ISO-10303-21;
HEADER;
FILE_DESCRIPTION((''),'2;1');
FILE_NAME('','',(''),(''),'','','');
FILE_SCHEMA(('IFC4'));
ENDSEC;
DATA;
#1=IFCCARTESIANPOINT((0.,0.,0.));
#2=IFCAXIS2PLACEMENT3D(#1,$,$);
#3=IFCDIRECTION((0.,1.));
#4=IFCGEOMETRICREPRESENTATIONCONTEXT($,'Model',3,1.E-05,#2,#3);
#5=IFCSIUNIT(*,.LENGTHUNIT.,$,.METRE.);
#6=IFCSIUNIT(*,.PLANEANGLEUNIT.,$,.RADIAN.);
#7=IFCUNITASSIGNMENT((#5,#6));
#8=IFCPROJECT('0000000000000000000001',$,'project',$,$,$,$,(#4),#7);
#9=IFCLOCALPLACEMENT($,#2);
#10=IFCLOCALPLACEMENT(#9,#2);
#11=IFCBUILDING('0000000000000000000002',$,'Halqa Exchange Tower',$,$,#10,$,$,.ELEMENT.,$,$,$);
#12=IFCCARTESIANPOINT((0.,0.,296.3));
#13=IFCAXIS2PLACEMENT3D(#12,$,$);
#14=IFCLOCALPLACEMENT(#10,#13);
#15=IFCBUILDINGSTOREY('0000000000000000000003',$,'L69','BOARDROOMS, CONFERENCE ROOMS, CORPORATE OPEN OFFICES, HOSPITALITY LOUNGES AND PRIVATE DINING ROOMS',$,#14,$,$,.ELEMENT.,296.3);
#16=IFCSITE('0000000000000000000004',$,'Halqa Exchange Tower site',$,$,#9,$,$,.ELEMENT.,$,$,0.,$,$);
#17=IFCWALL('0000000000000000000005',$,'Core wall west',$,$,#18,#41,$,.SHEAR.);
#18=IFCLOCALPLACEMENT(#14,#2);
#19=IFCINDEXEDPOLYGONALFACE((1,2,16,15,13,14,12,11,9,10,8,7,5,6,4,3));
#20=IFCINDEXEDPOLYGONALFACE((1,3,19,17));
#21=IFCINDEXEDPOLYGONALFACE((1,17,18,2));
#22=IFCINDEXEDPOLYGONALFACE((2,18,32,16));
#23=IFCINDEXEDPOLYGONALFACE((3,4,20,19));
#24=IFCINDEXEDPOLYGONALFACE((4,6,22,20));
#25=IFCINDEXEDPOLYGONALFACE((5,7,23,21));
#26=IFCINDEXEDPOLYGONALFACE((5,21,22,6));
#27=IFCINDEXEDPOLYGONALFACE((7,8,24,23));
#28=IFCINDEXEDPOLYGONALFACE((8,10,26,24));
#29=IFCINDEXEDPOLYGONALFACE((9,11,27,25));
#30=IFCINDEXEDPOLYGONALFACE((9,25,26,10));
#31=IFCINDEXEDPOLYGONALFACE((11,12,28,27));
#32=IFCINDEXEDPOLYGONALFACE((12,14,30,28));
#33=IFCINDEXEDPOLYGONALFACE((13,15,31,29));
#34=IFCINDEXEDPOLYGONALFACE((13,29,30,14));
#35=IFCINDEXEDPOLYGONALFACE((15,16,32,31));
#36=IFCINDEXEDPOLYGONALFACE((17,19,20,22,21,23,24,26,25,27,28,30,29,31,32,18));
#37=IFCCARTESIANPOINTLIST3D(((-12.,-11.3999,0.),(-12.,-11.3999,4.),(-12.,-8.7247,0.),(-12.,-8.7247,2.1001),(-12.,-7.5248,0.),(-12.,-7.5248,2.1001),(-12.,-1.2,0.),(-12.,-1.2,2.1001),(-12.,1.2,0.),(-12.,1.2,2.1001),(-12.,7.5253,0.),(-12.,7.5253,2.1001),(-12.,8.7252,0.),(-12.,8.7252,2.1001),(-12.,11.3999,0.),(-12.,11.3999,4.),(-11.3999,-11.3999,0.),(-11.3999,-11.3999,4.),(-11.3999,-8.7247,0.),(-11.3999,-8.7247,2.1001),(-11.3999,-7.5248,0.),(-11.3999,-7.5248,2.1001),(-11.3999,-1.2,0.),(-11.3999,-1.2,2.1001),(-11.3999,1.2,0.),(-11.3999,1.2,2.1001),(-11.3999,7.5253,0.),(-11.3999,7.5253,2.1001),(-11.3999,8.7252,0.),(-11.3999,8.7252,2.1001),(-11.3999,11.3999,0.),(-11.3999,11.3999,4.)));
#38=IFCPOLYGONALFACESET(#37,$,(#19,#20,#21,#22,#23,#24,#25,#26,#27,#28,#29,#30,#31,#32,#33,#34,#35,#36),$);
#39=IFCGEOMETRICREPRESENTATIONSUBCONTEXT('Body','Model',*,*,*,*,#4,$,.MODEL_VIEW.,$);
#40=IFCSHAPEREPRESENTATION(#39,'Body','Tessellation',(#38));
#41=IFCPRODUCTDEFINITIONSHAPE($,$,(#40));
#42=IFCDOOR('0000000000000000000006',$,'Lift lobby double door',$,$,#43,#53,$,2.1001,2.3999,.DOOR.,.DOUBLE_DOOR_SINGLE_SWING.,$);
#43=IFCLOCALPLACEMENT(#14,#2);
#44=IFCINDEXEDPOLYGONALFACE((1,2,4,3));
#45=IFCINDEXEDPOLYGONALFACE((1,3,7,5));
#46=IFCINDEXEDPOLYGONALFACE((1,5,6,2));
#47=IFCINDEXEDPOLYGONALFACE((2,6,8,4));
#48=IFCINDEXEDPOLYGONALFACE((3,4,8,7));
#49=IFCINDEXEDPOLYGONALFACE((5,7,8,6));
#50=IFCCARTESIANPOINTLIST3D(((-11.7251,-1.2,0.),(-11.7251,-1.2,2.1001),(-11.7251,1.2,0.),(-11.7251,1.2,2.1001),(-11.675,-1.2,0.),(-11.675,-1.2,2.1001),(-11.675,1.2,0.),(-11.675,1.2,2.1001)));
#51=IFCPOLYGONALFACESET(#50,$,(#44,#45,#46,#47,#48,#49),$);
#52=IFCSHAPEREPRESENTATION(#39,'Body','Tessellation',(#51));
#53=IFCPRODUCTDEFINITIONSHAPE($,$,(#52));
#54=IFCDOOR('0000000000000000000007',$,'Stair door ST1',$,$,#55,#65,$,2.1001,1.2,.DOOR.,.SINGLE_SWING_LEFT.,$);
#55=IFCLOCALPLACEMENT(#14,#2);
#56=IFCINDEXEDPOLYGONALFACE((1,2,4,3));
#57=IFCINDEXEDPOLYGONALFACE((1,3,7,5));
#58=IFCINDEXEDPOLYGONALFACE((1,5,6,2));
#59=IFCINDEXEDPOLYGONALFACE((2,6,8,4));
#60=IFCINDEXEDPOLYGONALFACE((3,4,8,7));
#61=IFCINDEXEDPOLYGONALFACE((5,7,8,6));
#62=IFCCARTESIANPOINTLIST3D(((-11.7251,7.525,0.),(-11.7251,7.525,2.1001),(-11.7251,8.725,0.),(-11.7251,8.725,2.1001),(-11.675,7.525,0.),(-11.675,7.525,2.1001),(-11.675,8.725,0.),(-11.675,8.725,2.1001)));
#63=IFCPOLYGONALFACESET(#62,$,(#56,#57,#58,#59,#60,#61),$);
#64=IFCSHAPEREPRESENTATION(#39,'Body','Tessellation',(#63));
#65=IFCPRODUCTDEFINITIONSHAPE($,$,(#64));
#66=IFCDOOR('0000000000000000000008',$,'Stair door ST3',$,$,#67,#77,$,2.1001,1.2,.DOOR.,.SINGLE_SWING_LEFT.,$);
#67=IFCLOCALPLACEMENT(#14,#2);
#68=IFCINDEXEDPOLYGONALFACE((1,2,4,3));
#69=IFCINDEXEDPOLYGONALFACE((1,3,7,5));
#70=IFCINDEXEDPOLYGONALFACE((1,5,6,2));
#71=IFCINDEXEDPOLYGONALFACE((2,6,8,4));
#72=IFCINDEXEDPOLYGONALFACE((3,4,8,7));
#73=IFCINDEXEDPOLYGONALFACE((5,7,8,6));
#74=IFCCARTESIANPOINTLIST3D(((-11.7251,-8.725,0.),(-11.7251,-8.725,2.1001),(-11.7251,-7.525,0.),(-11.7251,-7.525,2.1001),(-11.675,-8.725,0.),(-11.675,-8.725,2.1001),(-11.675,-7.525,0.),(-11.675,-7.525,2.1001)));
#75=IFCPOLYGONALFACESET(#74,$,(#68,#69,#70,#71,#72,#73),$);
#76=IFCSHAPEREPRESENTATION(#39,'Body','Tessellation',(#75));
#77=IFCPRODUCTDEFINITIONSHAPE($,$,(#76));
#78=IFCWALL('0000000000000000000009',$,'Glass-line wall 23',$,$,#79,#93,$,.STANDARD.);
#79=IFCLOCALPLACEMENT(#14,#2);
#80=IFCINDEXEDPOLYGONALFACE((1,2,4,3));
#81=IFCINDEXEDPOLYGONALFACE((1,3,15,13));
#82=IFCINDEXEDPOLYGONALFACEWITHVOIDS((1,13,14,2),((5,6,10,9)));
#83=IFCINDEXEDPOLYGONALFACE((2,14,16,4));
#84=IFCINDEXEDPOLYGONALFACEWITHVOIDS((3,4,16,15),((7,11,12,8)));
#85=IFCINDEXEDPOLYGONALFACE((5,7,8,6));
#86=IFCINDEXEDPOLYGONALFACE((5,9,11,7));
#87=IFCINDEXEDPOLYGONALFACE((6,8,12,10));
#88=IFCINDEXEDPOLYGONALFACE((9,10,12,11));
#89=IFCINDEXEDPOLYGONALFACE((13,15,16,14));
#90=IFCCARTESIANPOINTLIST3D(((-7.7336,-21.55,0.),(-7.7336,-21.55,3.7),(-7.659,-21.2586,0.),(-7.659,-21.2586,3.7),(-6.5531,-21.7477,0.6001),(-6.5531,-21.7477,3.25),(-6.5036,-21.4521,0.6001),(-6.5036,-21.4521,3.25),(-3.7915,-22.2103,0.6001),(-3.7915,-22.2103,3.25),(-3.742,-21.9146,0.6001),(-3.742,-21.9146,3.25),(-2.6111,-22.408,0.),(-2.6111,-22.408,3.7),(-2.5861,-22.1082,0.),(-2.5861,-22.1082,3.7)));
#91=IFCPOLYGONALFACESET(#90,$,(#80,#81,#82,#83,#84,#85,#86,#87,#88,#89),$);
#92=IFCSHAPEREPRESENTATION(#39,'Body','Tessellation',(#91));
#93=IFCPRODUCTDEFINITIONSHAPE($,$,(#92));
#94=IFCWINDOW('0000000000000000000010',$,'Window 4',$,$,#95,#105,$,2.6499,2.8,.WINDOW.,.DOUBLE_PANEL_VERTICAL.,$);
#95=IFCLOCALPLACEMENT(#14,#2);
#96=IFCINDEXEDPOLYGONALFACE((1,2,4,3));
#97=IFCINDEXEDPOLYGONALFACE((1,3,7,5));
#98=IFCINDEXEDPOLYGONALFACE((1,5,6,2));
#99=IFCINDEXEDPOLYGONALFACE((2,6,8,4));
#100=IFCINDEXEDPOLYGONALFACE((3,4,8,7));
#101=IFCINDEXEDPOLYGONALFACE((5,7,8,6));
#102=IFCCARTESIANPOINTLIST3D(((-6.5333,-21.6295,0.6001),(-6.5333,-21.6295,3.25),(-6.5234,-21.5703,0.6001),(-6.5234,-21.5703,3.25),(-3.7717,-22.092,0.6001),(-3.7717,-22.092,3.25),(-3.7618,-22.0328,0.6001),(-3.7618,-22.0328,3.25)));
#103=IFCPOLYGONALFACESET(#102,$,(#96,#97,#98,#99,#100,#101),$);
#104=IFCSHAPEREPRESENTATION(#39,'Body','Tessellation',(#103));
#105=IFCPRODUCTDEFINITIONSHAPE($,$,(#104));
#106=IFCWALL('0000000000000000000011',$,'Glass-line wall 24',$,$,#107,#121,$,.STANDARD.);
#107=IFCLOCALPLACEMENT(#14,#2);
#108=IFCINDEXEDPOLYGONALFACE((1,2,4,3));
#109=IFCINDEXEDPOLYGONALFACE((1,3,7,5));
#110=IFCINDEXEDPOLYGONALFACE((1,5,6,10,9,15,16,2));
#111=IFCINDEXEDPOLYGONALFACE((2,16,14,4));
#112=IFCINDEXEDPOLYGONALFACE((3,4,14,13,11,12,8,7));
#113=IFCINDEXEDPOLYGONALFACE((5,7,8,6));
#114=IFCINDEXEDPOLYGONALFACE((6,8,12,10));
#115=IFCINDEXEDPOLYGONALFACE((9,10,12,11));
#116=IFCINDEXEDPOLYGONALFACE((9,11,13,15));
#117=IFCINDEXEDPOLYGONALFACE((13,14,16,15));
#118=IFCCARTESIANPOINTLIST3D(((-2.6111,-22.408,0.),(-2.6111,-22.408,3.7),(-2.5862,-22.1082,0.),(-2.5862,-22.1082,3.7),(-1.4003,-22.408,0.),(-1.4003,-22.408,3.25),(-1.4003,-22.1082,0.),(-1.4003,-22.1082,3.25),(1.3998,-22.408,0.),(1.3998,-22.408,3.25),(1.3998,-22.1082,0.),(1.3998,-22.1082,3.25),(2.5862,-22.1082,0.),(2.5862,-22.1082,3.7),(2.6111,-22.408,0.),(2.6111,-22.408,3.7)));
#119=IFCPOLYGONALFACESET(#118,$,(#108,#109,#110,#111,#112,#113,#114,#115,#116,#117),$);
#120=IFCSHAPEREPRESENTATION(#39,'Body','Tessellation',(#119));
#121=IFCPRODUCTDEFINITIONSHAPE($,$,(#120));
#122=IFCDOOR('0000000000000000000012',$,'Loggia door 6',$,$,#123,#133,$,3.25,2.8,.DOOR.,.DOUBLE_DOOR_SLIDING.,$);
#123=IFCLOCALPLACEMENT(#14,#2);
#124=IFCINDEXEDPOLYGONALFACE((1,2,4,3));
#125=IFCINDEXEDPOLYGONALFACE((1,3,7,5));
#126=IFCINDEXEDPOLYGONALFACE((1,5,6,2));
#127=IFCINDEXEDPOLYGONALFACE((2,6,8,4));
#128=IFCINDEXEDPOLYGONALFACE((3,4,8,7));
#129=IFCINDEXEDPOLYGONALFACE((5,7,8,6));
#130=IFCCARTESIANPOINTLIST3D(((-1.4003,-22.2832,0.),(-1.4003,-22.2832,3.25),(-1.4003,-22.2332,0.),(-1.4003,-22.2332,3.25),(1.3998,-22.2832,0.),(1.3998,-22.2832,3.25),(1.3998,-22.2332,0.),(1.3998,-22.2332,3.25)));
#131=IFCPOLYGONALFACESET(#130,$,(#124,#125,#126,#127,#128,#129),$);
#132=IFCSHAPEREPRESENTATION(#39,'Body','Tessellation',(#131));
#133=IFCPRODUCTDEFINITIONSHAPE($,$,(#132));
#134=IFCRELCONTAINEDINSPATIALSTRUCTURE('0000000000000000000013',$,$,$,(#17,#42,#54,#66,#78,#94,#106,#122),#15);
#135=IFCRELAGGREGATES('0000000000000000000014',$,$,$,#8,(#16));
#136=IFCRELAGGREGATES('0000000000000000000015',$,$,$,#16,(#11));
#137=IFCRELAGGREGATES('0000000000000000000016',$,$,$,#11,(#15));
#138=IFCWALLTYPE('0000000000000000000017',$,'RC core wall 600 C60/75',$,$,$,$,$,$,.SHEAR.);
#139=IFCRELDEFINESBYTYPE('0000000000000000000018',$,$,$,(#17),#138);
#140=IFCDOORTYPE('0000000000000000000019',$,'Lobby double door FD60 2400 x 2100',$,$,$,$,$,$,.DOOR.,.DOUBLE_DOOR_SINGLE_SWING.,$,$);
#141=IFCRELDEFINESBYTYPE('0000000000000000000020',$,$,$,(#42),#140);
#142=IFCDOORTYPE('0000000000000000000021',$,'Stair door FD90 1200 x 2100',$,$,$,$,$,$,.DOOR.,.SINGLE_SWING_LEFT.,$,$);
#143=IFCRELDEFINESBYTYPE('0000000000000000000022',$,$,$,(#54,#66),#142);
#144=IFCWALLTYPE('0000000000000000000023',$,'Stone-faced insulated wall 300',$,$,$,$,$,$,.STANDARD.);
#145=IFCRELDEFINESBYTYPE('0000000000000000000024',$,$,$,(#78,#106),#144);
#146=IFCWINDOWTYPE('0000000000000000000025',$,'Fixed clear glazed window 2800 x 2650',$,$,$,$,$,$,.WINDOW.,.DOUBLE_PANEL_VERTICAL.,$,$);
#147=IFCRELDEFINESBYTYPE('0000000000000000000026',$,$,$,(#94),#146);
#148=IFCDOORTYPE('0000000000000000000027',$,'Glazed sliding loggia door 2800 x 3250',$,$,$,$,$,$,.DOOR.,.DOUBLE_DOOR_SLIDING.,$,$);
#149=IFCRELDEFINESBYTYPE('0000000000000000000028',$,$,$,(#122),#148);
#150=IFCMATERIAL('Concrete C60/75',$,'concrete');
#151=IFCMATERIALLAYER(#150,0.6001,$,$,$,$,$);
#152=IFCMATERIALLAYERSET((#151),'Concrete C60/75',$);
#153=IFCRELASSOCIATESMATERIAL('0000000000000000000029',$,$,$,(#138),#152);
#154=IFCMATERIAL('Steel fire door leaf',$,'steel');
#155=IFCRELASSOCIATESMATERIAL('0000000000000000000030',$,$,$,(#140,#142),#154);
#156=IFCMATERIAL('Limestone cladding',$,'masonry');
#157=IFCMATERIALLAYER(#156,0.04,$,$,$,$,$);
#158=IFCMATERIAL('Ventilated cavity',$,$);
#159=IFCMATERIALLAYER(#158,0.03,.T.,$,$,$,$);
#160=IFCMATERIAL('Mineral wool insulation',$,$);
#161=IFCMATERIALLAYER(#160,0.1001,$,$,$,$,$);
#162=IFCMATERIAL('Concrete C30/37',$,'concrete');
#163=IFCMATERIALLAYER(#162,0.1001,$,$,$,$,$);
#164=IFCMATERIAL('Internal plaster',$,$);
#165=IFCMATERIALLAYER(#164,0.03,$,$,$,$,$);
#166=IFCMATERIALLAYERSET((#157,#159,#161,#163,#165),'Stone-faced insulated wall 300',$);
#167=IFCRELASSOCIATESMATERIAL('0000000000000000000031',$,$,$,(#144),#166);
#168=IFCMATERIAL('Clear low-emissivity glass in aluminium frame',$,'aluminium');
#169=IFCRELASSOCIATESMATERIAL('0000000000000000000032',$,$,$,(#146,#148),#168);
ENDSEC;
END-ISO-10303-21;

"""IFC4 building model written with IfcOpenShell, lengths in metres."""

from ifc_helpers import new_model, si_unit, direction, frame, frame_2d, origin, place, context, subcontext, project, spatial, polyline, rectangle, outline, extrude, material, layer, layer_set, type_object, element, fill, save


model = new_model("IFC4")

# Units and contexts
model_context = context("Model", 3, precision=1e-05, world=origin(), true_north=direction((0.0, 1.0)))
body_context = subcontext(model_context, "Body", "Model", "MODEL_VIEW")
ifc_project = project(units=[si_unit("LENGTHUNIT", "METRE"), si_unit("PLANEANGLEUNIT", "RADIAN")], contexts=[model_context])

# Site, building, storey
site_placement = place(None, origin())
site = spatial("IfcSite", under=ifc_project, at=site_placement, Name="Halqa Exchange Tower site", CompositionType="ELEMENT", RefElevation=0.0)
building_placement = place(site_placement, origin())
building = spatial("IfcBuilding", under=site, at=building_placement, Name="Halqa Exchange Tower", CompositionType="ELEMENT")
storey_placement = place(building_placement, frame((0.0, 0.0, 296.3)))
storey = spatial("IfcBuildingStorey", under=building, at=storey_placement, Name="L69", Description="BOARDROOMS, CONFERENCE ROOMS, CORPORATE OPEN OFFICES, HOSPITALITY LOUNGES AND PRIVATE DINING ROOMS", CompositionType="ELEMENT", Elevation=296.3)

# Shared definitions
ifc_material_1 = material(Name="Concrete C60/75", Category="concrete")

# Wall, openings, doors
ifc_layer_1 = layer(ifc_material_1, 0.6001)
ifc_layer_set_1 = layer_set([ifc_layer_1], Name="Concrete C60/75")
wall_type_1 = type_object("IfcWallType", Name="RC core wall 600 C60/75", PredefinedType="SHEAR", material=ifc_layer_set_1)
wall_1_placement = place(storey_placement, frame((-11.7, -11.3999, 0.0), z_axis=(0.0, 0.0, 1.0), x_axis=(0.0, 1.0, 0.0)))
wall_1 = element("IfcWall", 1, at=wall_1_placement, inside=storey, type_object=wall_type_1, Name="Core wall west", PredefinedType="SHEAR", context=body_context, shape_type="SweptSolid", body=[
    extrude(rectangle(XDim=22.7998, YDim=0.6001, at=frame_2d((11.3999, 0.0))), origin(), (0.0, 0.0, 1.0), 4.0),
])
opening_1_placement = place(wall_1_placement, frame((10.2, 0.0, 0.0)))
opening_1 = element("IfcOpeningElement", 2, at=opening_1_placement, cuts=wall_1, PredefinedType="OPENING", context=body_context, shape_type="SweptSolid", body=[
    extrude(rectangle(XDim=2.3999, YDim=2.1001, at=frame_2d((1.2, 1.05))), frame((0.0, 0.312, 0.0), z_axis=(0.0, -1.0, 0.0), x_axis=(1.0, 0.0, 0.0)), (0.0, 0.0, 1.0), 0.624),
])
opening_2_placement = place(wall_1_placement, frame((18.925, 0.0, 0.0)))
opening_2 = element("IfcOpeningElement", 3, at=opening_2_placement, cuts=wall_1, PredefinedType="OPENING", context=body_context, shape_type="SweptSolid", body=[
    extrude(rectangle(XDim=1.2, YDim=2.1001, at=frame_2d((0.6001, 1.05))), frame((0.0, 0.312, 0.0), z_axis=(0.0, -1.0, 0.0), x_axis=(1.0, 0.0, 0.0)), (0.0, 0.0, 1.0), 0.624),
])
opening_3_placement = place(wall_1_placement, frame((2.675, 0.0, 0.0)))
opening_3 = element("IfcOpeningElement", 4, at=opening_3_placement, cuts=wall_1, PredefinedType="OPENING", context=body_context, shape_type="SweptSolid", body=[
    extrude(rectangle(XDim=1.2, YDim=2.1001, at=frame_2d((0.6001, 1.05))), frame((0.0, 0.312, 0.0), z_axis=(0.0, -1.0, 0.0), x_axis=(1.0, 0.0, 0.0)), (0.0, 0.0, 1.0), 0.624),
])
ifc_material_2 = material(Name="Steel fire door leaf", Category="steel")
door_type_1 = type_object("IfcDoorType", Name="Lobby double door FD60 2400 x 2100", OperationType="DOUBLE_DOOR_SINGLE_SWING", PredefinedType="DOOR", material=ifc_material_2)
door_1_placement = place(opening_1_placement, frame((2.3999, 0.0, 0.0), z_axis=(0.0, 0.0, 1.0), x_axis=(-1.0, 0.0, 0.0)))
door_1 = element("IfcDoor", 5, at=door_1_placement, inside=storey, type_object=door_type_1, Name="Lift lobby double door", OperationType="DOUBLE_DOOR_SINGLE_SWING", OverallHeight=2.1001, OverallWidth=2.3999, PredefinedType="DOOR", context=body_context, shape_type="SweptSolid", body=[
    extrude(rectangle(XDim=2.3999, YDim=2.1001, at=frame_2d((1.2, 1.05))), frame((0.0, 0.0249, 0.0), z_axis=(0.0, -1.0, 0.0), x_axis=(1.0, 0.0, 0.0)), (0.0, 0.0, 1.0), 0.05),
])
fill(opening_1, door_1)
door_type_2 = type_object("IfcDoorType", Name="Stair door FD90 1200 x 2100", OperationType="SINGLE_SWING_LEFT", PredefinedType="DOOR", material=ifc_material_2)
door_2_placement = place(opening_2_placement, frame((1.2, 0.0, 0.0), z_axis=(0.0, 0.0, 1.0), x_axis=(-1.0, 0.0, 0.0)))
door_2 = element("IfcDoor", 6, at=door_2_placement, inside=storey, type_object=door_type_2, Name="Stair door ST1", OperationType="SINGLE_SWING_LEFT", OverallHeight=2.1001, OverallWidth=1.2, PredefinedType="DOOR", context=body_context, shape_type="SweptSolid", body=[
    extrude(rectangle(XDim=1.2, YDim=2.1001, at=frame_2d((0.6001, 1.05))), frame((0.0, 0.0249, 0.0), z_axis=(0.0, -1.0, 0.0), x_axis=(1.0, 0.0, 0.0)), (0.0, 0.0, 1.0), 0.05),
])
fill(opening_2, door_2)
door_3_placement = place(opening_3_placement, frame((1.2, 0.0, 0.0), z_axis=(0.0, 0.0, 1.0), x_axis=(-1.0, 0.0, 0.0)))
door_3 = element("IfcDoor", 7, at=door_3_placement, inside=storey, type_object=door_type_2, Name="Stair door ST3", OperationType="SINGLE_SWING_LEFT", OverallHeight=2.1001, OverallWidth=1.2, PredefinedType="DOOR", context=body_context, shape_type="SweptSolid", body=[
    extrude(rectangle(XDim=1.2, YDim=2.1001, at=frame_2d((0.6001, 1.05))), frame((0.0, 0.0249, 0.0), z_axis=(0.0, -1.0, 0.0), x_axis=(1.0, 0.0, 0.0)), (0.0, 0.0, 1.0), 0.05),
])
fill(opening_3, door_3)

# Wall, opening, window
ifc_material_3 = material(Name="Limestone cladding", Category="masonry")
ifc_layer_2 = layer(ifc_material_3, 0.04)
ifc_material_4 = material(Name="Ventilated cavity")
ifc_layer_3 = layer(ifc_material_4, 0.03, ventilated=True)
ifc_material_5 = material(Name="Mineral wool insulation")
ifc_layer_4 = layer(ifc_material_5, 0.1001)
ifc_material_6 = material(Name="Concrete C30/37", Category="concrete")
ifc_layer_5 = layer(ifc_material_6, 0.1001)
ifc_material_7 = material(Name="Internal plaster")
ifc_layer_6 = layer(ifc_material_7, 0.03)
ifc_layer_set_2 = layer_set([ifc_layer_2, ifc_layer_3, ifc_layer_4, ifc_layer_5, ifc_layer_6], Name="Stone-faced insulated wall 300")
wall_type_2 = type_object("IfcWallType", Name="Stone-faced insulated wall 300", PredefinedType="STANDARD", material=ifc_layer_set_2)
wall_2_placement = place(storey_placement, frame((-7.6963, -21.4043, 0.0), z_axis=(0.0, 0.0, 1.0), x_axis=(0.986263, -0.16518, 0.0)))
wall_2 = element("IfcWall", 8, at=wall_2_placement, inside=storey, type_object=wall_type_2, Name="Glass-line wall 23", PredefinedType="STANDARD", context=body_context, shape_type="SweptSolid", body=[
    extrude(outline(polyline([(-0.0127, -0.1499), (5.1812, -0.1499), (5.1562, 0.1499), (0.0127, 0.1499), (-0.0127, -0.1499)])), origin(), (0.0, 0.0, 1.0), 3.7),
])
opening_4_placement = place(wall_2_placement, frame((1.1843, 0.0, 0.6001)))
opening_4 = element("IfcOpeningElement", 9, at=opening_4_placement, cuts=wall_2, PredefinedType="OPENING", context=body_context, shape_type="SweptSolid", body=[
    extrude(rectangle(XDim=2.8, YDim=2.6499, at=frame_2d((1.3999, 1.325))), frame((0.0, 0.1621, 0.0), z_axis=(0.0, -1.0, 0.0), x_axis=(1.0, 0.0, 0.0)), (0.0, 0.0, 1.0), 0.324),
])
ifc_material_8 = material(Name="Clear low-emissivity glass in aluminium frame", Category="aluminium")
window_type = type_object("IfcWindowType", Name="Fixed clear glazed window 2800 x 2650", PartitioningType="DOUBLE_PANEL_VERTICAL", PredefinedType="WINDOW", material=ifc_material_8)
window_placement = place(opening_4_placement, origin())
window = element("IfcWindow", 10, at=window_placement, inside=storey, type_object=window_type, Name="Window 4", OverallHeight=2.6499, OverallWidth=2.8, PartitioningType="DOUBLE_PANEL_VERTICAL", PredefinedType="WINDOW", context=body_context, shape_type="SweptSolid", body=[
    extrude(rectangle(XDim=2.8, YDim=2.6499, at=frame_2d((1.3999, 1.325))), frame((0.0, 0.03, 0.0), z_axis=(0.0, -1.0, 0.0), x_axis=(1.0, 0.0, 0.0)), (0.0, 0.0, 1.0), 0.0601),
])
fill(opening_4, window)

# Wall, opening, door
wall_3_placement = place(storey_placement, frame((-2.5986, -22.2581, 0.0), z_axis=(0.0, 0.0, 1.0), x_axis=(1.0, 0.0, 0.0)))
wall_3 = element("IfcWall", 11, at=wall_3_placement, inside=storey, type_object=wall_type_2, Name="Glass-line wall 24", PredefinedType="STANDARD", context=body_context, shape_type="SweptSolid", body=[
    extrude(outline(polyline([(-0.0125, -0.1499), (5.2097, -0.1499), (5.1848, 0.1499), (0.0125, 0.1499), (-0.0125, -0.1499)])), origin(), (0.0, 0.0, 1.0), 3.7),
])
opening_5_placement = place(wall_3_placement, frame((1.1985, 0.0, 0.0)))
opening_5 = element("IfcOpeningElement", 12, at=opening_5_placement, cuts=wall_3, PredefinedType="OPENING", context=body_context, shape_type="SweptSolid", body=[
    extrude(rectangle(XDim=2.8, YDim=3.25, at=frame_2d((1.3999, 1.625))), frame((0.0, 0.1621, 0.0), z_axis=(0.0, -1.0, 0.0), x_axis=(1.0, 0.0, 0.0)), (0.0, 0.0, 1.0), 0.324),
])
door_type_3 = type_object("IfcDoorType", Name="Glazed sliding loggia door 2800 x 3250", OperationType="DOUBLE_DOOR_SLIDING", PredefinedType="DOOR", material=ifc_material_8)
door_4_placement = place(opening_5_placement, origin())
door_4 = element("IfcDoor", 13, at=door_4_placement, inside=storey, type_object=door_type_3, Name="Loggia door 6", OperationType="DOUBLE_DOOR_SLIDING", OverallHeight=3.25, OverallWidth=2.8, PredefinedType="DOOR", context=body_context, shape_type="SweptSolid", body=[
    extrude(rectangle(XDim=2.8, YDim=3.25, at=frame_2d((1.3999, 1.625))), frame((0.0, 0.0249, 0.0), z_axis=(0.0, -1.0, 0.0), x_axis=(1.0, 0.0, 0.0)), (0.0, 0.0, 1.0), 0.05),
])
fill(opening_5, door_4)

save(model, "model.ifc")
